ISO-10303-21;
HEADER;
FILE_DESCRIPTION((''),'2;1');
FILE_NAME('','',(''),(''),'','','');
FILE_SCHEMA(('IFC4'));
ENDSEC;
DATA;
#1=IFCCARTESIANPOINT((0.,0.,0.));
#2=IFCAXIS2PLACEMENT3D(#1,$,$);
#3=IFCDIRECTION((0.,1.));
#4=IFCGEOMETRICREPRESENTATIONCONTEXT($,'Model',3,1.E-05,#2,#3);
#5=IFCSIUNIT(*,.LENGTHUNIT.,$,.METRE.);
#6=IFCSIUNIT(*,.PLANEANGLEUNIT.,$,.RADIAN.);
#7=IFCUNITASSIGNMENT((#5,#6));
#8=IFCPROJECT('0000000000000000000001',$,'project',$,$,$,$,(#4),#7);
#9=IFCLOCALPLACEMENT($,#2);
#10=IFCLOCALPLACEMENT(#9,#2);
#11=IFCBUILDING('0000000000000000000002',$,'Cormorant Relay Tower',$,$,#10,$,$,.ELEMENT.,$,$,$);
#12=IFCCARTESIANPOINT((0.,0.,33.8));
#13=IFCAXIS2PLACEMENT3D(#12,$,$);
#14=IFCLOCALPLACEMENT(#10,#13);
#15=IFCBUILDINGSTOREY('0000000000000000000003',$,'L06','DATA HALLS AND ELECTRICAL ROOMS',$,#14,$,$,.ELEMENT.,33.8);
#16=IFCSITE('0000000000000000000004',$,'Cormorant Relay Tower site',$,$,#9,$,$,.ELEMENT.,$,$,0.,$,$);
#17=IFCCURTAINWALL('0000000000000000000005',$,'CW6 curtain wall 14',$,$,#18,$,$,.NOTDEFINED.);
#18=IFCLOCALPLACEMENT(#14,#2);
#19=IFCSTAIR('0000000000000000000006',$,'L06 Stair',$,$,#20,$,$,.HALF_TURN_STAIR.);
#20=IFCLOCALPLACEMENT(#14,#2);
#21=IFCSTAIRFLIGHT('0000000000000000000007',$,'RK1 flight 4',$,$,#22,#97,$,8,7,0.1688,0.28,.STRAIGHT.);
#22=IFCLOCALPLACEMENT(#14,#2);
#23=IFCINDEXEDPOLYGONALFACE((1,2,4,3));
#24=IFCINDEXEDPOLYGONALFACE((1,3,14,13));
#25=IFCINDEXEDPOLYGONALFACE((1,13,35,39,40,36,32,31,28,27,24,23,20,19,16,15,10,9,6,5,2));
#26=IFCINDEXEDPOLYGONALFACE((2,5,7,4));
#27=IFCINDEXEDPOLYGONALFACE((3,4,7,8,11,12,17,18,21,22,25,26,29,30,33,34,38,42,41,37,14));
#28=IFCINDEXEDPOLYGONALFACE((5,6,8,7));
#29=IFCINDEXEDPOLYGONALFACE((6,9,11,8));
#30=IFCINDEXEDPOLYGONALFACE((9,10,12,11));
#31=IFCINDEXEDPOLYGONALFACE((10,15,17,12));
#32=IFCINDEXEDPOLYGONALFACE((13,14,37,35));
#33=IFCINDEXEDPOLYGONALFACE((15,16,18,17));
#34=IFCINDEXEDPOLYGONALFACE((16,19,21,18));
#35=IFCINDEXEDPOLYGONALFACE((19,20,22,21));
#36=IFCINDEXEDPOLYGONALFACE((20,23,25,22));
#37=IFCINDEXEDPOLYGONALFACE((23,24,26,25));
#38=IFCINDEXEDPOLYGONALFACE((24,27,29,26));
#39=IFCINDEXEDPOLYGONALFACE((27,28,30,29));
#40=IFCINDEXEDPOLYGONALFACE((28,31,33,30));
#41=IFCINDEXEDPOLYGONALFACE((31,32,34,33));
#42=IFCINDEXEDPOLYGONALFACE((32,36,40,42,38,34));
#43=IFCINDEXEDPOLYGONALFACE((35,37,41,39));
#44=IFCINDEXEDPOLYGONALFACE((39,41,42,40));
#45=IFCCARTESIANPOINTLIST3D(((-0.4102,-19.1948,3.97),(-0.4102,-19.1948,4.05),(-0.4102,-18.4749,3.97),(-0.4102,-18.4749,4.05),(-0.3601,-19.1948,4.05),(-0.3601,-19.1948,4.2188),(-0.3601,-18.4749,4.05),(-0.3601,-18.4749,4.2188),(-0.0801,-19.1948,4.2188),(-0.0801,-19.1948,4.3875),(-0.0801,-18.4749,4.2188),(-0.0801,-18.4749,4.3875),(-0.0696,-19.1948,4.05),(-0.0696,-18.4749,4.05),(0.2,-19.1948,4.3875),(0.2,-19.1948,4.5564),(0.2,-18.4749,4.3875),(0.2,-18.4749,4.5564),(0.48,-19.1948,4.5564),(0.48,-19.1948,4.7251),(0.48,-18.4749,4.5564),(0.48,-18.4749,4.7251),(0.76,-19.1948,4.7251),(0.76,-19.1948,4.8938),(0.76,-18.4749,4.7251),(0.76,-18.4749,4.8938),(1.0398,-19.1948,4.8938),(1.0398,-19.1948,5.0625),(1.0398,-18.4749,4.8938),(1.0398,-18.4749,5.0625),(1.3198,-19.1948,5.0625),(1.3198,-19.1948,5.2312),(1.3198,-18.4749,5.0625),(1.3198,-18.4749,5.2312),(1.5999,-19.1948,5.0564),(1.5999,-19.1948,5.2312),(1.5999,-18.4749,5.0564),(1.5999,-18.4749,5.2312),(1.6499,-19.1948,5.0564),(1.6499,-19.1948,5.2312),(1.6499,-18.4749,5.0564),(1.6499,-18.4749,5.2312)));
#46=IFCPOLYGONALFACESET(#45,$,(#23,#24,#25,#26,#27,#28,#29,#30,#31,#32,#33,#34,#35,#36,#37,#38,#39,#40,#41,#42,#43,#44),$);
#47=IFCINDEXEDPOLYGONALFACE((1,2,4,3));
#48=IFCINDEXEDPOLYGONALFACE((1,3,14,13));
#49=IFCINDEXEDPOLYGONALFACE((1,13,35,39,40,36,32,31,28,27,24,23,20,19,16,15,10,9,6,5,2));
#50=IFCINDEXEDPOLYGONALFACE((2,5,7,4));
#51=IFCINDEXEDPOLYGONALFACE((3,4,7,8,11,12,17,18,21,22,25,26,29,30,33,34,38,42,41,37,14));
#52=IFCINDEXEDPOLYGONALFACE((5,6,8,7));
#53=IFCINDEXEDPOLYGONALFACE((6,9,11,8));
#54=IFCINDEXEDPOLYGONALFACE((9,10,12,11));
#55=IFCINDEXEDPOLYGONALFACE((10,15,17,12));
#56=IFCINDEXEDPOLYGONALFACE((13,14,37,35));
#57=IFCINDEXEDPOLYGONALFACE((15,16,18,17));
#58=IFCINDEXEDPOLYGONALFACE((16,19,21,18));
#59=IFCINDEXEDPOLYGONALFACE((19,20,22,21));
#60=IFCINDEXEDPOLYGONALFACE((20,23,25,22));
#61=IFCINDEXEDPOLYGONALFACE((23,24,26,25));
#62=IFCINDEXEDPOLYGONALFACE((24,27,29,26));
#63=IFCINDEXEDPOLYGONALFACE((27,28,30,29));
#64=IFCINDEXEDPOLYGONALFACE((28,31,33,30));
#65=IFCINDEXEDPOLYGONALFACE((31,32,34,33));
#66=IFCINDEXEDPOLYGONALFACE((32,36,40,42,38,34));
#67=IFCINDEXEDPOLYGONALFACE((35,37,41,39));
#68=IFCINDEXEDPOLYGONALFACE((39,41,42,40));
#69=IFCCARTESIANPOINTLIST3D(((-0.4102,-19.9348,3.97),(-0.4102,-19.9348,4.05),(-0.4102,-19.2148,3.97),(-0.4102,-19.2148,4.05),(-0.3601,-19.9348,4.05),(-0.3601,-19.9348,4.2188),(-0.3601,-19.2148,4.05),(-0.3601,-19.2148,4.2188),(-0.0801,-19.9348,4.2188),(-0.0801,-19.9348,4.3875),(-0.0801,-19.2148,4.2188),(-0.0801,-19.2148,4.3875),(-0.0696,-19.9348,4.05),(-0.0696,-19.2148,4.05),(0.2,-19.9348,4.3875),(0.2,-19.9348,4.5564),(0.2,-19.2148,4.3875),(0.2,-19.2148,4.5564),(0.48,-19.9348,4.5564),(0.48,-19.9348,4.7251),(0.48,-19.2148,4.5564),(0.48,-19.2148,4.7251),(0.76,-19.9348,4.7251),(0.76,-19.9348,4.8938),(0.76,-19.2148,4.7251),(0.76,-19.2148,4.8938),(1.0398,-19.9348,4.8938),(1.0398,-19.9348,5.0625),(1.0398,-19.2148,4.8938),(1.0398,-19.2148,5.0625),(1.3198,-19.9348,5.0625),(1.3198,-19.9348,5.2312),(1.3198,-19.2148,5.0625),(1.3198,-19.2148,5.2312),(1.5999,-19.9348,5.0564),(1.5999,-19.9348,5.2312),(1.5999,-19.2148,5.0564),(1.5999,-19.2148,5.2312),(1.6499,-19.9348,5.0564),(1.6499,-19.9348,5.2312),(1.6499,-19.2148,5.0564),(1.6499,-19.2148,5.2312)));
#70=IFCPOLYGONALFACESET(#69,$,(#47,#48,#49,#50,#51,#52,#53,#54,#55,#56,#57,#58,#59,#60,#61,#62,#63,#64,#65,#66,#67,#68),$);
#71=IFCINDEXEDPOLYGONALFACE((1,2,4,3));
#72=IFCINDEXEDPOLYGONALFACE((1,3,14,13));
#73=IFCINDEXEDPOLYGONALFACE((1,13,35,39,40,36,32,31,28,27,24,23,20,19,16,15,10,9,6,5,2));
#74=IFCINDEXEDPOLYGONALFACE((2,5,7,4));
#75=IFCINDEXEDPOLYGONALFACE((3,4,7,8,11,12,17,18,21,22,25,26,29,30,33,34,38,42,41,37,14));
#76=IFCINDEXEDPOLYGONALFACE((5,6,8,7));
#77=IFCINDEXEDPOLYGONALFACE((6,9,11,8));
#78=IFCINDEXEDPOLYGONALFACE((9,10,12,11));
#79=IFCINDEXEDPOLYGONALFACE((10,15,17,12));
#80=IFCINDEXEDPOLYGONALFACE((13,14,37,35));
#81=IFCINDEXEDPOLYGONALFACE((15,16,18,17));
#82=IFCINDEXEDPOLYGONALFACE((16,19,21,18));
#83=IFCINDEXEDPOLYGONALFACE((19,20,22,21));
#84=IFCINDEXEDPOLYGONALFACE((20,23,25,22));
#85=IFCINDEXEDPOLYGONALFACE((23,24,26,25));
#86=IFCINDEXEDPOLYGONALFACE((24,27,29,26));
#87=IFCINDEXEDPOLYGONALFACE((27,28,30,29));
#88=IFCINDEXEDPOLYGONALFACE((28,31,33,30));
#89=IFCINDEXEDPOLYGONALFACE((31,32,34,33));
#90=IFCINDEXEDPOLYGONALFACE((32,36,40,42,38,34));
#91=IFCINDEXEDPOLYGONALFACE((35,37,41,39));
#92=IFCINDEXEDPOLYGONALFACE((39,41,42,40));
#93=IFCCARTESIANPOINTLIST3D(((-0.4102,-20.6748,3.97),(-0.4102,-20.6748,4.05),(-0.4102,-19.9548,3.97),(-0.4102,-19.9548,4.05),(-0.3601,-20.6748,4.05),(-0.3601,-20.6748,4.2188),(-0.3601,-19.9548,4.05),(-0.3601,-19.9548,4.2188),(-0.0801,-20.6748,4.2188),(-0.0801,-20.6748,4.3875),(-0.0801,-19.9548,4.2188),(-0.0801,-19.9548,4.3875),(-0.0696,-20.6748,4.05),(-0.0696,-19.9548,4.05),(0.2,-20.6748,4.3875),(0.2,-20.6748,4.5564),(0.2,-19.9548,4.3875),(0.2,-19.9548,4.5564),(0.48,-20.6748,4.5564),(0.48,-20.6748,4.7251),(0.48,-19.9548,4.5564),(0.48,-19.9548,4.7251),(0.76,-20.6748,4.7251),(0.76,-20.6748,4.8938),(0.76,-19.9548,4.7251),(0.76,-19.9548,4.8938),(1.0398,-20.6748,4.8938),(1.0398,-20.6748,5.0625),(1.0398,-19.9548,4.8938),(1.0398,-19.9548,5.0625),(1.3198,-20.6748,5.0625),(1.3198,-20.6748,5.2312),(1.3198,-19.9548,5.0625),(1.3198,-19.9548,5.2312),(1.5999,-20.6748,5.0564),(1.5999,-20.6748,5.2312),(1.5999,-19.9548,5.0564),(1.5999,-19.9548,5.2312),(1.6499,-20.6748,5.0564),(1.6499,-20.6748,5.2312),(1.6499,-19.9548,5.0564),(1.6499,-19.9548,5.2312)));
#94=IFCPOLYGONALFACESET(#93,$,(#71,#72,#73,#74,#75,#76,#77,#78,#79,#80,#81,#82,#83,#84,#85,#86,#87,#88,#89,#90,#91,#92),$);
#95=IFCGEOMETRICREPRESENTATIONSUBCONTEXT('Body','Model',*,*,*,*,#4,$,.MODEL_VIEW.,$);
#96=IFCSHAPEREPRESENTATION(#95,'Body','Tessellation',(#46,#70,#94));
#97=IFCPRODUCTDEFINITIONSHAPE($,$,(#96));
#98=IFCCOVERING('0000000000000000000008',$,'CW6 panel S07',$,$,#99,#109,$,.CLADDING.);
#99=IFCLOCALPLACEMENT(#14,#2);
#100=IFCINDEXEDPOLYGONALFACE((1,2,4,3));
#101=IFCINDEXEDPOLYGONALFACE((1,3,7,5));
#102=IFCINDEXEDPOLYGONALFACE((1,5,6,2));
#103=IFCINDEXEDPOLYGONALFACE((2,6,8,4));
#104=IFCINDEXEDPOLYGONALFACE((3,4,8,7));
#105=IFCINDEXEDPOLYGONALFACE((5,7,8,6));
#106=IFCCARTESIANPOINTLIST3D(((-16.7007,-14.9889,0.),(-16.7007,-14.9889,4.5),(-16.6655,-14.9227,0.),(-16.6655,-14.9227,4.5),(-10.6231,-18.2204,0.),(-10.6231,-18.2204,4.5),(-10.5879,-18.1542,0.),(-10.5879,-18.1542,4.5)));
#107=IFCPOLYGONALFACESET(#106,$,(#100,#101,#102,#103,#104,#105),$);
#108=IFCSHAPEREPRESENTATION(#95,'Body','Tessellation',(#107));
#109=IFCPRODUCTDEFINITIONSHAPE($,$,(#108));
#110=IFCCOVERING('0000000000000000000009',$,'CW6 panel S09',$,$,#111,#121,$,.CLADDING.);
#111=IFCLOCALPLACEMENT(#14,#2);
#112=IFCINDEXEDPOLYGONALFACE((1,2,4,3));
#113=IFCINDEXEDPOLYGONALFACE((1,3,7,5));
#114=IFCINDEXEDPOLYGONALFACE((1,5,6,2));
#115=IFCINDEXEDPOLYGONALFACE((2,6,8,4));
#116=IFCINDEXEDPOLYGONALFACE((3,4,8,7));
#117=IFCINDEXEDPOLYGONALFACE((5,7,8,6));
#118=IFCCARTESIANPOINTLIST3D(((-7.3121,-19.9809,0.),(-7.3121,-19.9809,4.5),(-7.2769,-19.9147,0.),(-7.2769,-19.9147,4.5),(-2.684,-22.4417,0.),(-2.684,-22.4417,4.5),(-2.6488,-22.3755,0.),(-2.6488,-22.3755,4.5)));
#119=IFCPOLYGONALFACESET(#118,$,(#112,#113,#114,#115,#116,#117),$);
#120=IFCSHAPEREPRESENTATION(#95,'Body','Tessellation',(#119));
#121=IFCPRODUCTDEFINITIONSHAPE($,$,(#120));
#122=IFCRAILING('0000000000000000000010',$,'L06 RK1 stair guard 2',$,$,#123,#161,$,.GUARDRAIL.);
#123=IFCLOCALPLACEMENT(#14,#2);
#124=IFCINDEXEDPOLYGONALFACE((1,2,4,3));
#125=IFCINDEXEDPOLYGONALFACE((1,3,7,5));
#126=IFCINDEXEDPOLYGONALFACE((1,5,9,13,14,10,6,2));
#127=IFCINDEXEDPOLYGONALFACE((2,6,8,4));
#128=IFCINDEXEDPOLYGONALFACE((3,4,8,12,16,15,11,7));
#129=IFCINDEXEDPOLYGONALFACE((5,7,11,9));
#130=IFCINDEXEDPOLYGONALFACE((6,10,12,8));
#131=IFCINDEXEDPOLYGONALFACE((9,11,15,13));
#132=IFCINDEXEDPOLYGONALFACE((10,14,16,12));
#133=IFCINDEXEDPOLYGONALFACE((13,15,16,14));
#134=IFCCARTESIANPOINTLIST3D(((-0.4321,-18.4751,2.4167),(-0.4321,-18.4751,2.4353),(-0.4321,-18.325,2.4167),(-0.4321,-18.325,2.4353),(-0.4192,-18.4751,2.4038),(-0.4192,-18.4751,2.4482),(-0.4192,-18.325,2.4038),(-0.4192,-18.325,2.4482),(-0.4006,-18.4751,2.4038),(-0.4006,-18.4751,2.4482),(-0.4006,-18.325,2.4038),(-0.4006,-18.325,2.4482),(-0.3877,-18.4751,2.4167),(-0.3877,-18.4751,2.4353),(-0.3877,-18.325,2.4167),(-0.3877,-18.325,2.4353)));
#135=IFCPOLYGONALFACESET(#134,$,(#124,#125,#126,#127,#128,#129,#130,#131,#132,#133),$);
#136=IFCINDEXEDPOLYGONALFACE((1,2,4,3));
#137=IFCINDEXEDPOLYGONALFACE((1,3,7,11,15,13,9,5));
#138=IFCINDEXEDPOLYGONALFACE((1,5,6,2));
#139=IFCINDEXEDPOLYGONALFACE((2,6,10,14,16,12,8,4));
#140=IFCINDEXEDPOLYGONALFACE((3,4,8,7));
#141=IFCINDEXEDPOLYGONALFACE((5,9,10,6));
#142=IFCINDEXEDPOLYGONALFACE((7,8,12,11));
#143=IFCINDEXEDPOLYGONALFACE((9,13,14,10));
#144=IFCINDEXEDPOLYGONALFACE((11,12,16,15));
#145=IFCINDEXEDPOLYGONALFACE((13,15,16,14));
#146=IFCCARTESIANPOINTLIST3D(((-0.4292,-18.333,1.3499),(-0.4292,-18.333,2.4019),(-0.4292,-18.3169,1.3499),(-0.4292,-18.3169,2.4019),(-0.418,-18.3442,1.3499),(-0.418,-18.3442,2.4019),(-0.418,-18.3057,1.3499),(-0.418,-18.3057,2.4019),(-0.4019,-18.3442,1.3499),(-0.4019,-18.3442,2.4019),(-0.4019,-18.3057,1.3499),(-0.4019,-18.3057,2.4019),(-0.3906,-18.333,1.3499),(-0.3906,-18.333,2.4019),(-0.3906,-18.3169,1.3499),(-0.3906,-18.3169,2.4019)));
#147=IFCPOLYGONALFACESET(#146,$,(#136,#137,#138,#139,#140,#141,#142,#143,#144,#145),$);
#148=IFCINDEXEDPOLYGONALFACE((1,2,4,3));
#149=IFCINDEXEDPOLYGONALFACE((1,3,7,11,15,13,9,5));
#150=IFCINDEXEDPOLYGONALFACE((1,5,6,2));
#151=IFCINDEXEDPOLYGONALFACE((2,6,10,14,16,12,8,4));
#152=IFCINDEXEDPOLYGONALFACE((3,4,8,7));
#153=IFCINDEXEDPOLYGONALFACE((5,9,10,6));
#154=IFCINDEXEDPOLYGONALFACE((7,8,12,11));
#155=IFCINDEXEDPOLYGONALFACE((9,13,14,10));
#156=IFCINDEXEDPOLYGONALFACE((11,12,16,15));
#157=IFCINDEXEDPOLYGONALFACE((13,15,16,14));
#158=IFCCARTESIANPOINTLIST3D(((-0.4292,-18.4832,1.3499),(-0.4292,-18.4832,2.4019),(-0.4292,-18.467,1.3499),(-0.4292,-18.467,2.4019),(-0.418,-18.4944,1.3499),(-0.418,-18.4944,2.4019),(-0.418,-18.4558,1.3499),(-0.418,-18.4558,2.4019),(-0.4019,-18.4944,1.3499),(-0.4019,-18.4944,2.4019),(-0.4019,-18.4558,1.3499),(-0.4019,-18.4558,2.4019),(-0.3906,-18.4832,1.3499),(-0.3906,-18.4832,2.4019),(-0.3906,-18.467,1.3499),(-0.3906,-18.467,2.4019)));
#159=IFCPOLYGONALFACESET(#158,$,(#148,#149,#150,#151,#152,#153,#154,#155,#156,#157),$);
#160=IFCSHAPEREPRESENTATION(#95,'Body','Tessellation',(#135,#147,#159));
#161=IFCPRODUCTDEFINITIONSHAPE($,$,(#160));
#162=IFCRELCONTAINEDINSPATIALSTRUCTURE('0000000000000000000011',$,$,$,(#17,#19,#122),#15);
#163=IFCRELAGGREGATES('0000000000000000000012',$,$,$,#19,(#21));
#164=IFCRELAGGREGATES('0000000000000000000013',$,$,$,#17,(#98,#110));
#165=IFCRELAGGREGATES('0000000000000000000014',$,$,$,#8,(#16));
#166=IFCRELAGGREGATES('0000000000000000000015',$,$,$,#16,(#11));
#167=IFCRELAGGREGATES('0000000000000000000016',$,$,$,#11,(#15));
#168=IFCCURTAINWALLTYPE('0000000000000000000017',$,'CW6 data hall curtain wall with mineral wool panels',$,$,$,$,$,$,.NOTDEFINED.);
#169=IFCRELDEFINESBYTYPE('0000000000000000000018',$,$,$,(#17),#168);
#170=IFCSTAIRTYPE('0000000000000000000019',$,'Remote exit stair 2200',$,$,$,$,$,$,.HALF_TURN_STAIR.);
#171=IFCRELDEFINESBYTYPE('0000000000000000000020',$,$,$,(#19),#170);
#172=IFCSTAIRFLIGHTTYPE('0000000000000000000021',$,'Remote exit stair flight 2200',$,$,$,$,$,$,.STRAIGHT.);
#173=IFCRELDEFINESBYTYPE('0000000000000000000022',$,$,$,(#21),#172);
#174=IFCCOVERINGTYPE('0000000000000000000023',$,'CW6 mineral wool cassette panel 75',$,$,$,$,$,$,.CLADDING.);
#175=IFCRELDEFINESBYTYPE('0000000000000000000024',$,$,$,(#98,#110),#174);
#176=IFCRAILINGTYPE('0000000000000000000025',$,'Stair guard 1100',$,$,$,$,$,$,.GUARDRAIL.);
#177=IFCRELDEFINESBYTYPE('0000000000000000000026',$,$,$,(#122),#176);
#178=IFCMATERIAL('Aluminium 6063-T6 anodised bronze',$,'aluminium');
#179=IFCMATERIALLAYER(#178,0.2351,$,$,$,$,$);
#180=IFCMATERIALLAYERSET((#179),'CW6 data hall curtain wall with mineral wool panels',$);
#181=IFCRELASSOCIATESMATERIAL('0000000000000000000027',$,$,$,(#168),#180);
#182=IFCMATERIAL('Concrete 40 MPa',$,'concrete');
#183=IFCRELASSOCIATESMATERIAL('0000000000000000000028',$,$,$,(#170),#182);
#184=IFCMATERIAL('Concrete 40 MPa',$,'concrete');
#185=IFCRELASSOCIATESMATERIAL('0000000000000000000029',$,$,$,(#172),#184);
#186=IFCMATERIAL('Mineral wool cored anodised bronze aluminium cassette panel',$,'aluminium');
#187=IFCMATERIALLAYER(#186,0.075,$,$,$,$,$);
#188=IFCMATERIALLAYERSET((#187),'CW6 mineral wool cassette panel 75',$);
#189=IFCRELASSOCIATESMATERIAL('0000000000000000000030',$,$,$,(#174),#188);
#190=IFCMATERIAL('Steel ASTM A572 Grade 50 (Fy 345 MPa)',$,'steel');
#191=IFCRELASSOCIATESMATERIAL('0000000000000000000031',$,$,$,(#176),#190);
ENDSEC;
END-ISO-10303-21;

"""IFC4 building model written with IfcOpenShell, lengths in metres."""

from ifc_helpers import new_model, si_unit, direction, frame, origin, origin_2d, place, context, subcontext, project, spatial, polyline, rectangle, outline, extrude, material, layer, layer_set, type_object, element, aggregate, save


model = new_model("IFC4")

# Units and contexts
model_context = context("Model", 3, precision=1e-05, world=origin(), true_north=direction((0.0, 1.0)))
body_context = subcontext(model_context, "Body", "Model", "MODEL_VIEW")
ifc_project = project(units=[si_unit("LENGTHUNIT", "METRE"), si_unit("PLANEANGLEUNIT", "RADIAN")], contexts=[model_context])

# Site, building, storey
site_placement = place(None, origin())
site = spatial("IfcSite", under=ifc_project, at=site_placement, Name="Cormorant Relay Tower site", CompositionType="ELEMENT", RefElevation=0.0)
building_placement = place(site_placement, origin())
building = spatial("IfcBuilding", under=site, at=building_placement, Name="Cormorant Relay Tower", CompositionType="ELEMENT")
storey_placement = place(building_placement, frame((0.0, 0.0, 33.8)))
storey = spatial("IfcBuildingStorey", under=building, at=storey_placement, Name="L06", Description="DATA HALLS AND ELECTRICAL ROOMS", CompositionType="ELEMENT", Elevation=33.8)

# Shared definitions
ifc_material_1 = material(Name="Aluminium 6063-T6 anodised bronze", Category="aluminium")
ifc_layer_1 = layer(ifc_material_1, 0.2351)
ifc_layer_set_1 = layer_set([ifc_layer_1], Name="CW6 data hall curtain wall with mineral wool panels")
curtain_wall_type = type_object("IfcCurtainWallType", Name="CW6 data hall curtain wall with mineral wool panels", PredefinedType="NOTDEFINED", material=ifc_layer_set_1)

# Curtain wall
curtain_wall_1_placement = place(storey_placement, origin())
curtain_wall_1 = element("IfcCurtainWall", 1, at=curtain_wall_1_placement, inside=storey, type_object=curtain_wall_type, Name="CW6 curtain wall 14", PredefinedType="NOTDEFINED")

# Stair, stair flight
ifc_material_2 = material(Name="Concrete 40 MPa", Category="concrete")
stair_type = type_object("IfcStairType", Name="Remote exit stair 2200", PredefinedType="HALF_TURN_STAIR", material=ifc_material_2)
stair_placement = place(storey_placement, origin())
stair = element("IfcStair", 2, at=stair_placement, inside=storey, type_object=stair_type, Name="L06 Stair", PredefinedType="HALF_TURN_STAIR")
ifc_material_3 = material(Name="Concrete 40 MPa", Category="concrete")
stair_flight_type = type_object("IfcStairFlightType", Name="Remote exit stair flight 2200", PredefinedType="STRAIGHT", material=ifc_material_3)
stair_flight_1_placement = place(storey_placement, frame((-0.3601, -19.575, 4.05), z_axis=(0.0, 0.0, 1.0), x_axis=(1.0, 0.0, 0.0)))
stair_flight_1 = element("IfcStairFlight", 3, at=stair_flight_1_placement, type_object=stair_flight_type, Name="RK1 flight 4", NumberOfRisers=8, NumberOfTreads=7, PredefinedType="STRAIGHT", RiserHeight=0.1688, TreadLength=0.28, context=body_context, shape_type="SweptSolid", body=[
    extrude(outline(polyline([(-0.05, -0.0801), (-0.05, 0.0), (0.0, 0.0), (0.0, 0.1687), (0.28, 0.1687), (0.28, 0.3374), (0.5601, 0.3374), (0.5601, 0.5063), (0.8401, 0.5063), (0.8401, 0.675), (1.1201, 0.675), (1.1201, 0.8438), (1.3999, 0.8438), (1.3999, 1.0125), (1.6799, 1.0125), (1.6799, 1.1812), (1.96, 1.1812), (2.01, 1.1812), (2.01, 1.0063), (1.96, 1.0063), (0.2905, 0.0), (-0.05, -0.0801)])), frame((0.0, 1.1001, 0.0), z_axis=(0.0, -1.0, 0.0), x_axis=(1.0, 0.0, 0.0)), (0.0, 0.0, 1.0), 0.72),
    extrude(outline(polyline([(-0.05, -0.0801), (-0.05, 0.0), (0.0, 0.0), (0.0, 0.1687), (0.28, 0.1687), (0.28, 0.3374), (0.5601, 0.3374), (0.5601, 0.5063), (0.8401, 0.5063), (0.8401, 0.675), (1.1201, 0.675), (1.1201, 0.8438), (1.3999, 0.8438), (1.3999, 1.0125), (1.6799, 1.0125), (1.6799, 1.1812), (1.96, 1.1812), (2.01, 1.1812), (2.01, 1.0063), (1.96, 1.0063), (0.2905, 0.0), (-0.05, -0.0801)])), frame((0.0, 0.3601, 0.0), z_axis=(0.0, -1.0, 0.0), x_axis=(1.0, 0.0, 0.0)), (0.0, 0.0, 1.0), 0.72),
    extrude(outline(polyline([(-0.05, -0.0801), (-0.05, 0.0), (0.0, 0.0), (0.0, 0.1687), (0.28, 0.1687), (0.28, 0.3374), (0.5601, 0.3374), (0.5601, 0.5063), (0.8401, 0.5063), (0.8401, 0.675), (1.1201, 0.675), (1.1201, 0.8438), (1.3999, 0.8438), (1.3999, 1.0125), (1.6799, 1.0125), (1.6799, 1.1812), (1.96, 1.1812), (2.01, 1.1812), (2.01, 1.0063), (1.96, 1.0063), (0.2905, 0.0), (-0.05, -0.0801)])), frame((0.0, -0.3799, 0.0), z_axis=(0.0, -1.0, 0.0), x_axis=(1.0, 0.0, 0.0)), (0.0, 0.0, 1.0), 0.72),
])
aggregate(stair, [stair_flight_1])

# Coverings
ifc_material_4 = material(Name="Mineral wool cored anodised bronze aluminium cassette panel", Category="aluminium")
ifc_layer_2 = layer(ifc_material_4, 0.075)
ifc_layer_set_2 = layer_set([ifc_layer_2], Name="CW6 mineral wool cassette panel 75")
covering_type = type_object("IfcCoveringType", Name="CW6 mineral wool cassette panel 75", PredefinedType="CLADDING", material=ifc_layer_set_2)
covering_1_placement = place(storey_placement, frame((-13.6443, -16.5715, 0.0), z_axis=(0.0, 0.0, 1.0), x_axis=(0.882948, -0.469472, 0.0)))
covering_1 = element("IfcCovering", 4, at=covering_1_placement, type_object=covering_type, Name="CW6 panel S07", PredefinedType="CLADDING", context=body_context, shape_type="SweptSolid", body=[
    extrude(rectangle(XDim=6.8833, YDim=0.075, at=origin_2d()), origin(), (0.0, 0.0, 1.0), 4.5),
])
covering_2_placement = place(storey_placement, frame((-4.9805, -21.1782, 0.0), z_axis=(0.0, 0.0, 1.0), x_axis=(0.882948, -0.469472, 0.0)))
covering_2 = element("IfcCovering", 5, at=covering_2_placement, type_object=covering_type, Name="CW6 panel S09", PredefinedType="CLADDING", context=body_context, shape_type="SweptSolid", body=[
    extrude(rectangle(XDim=5.2417, YDim=0.075, at=origin_2d()), origin(), (0.0, 0.0, 1.0), 4.5),
])
aggregate(curtain_wall_1, [covering_1, covering_2])

# Railing
ifc_material_5 = material(Name="Steel ASTM A572 Grade 50 (Fy 345 MPa)", Category="steel")
railing_type_1 = type_object("IfcRailingType", Name="Stair guard 1100", PredefinedType="GUARDRAIL", material=ifc_material_5)
railing_1_placement = place(storey_placement, frame((-0.4099, -18.325, 1.3499)))
element("IfcRailing", 6, at=railing_1_placement, inside=storey, type_object=railing_type_1, Name="L06 RK1 stair guard 2", PredefinedType="GUARDRAIL", context=body_context, shape_type="SweptSolid", body=[
    extrude(outline(polyline([(0.0222, 0.0093), (0.0093, 0.0222), (-0.0093, 0.0222), (-0.0222, 0.0093), (-0.0222, -0.0093), (-0.0093, -0.0222), (0.0093, -0.0222), (0.0222, -0.0093), (0.0222, 0.0093)])), frame((0.0, 0.0, 1.0762), z_axis=(0.0, -1.0, 0.0), x_axis=(1.0, 0.0, 0.0)), (0.0, 0.0, 1.0), 0.1501),
    extrude(outline(polyline([(0.0193, 0.0081), (0.0081, 0.0193), (-0.0081, 0.0193), (-0.0193, 0.0081), (-0.0193, -0.0081), (-0.0081, -0.0193), (0.0081, -0.0193), (0.0193, -0.0081), (0.0193, 0.0081)])), origin(), (0.0, 0.0, 1.0), 1.052),
    extrude(outline(polyline([(0.0193, 0.0081), (0.0081, 0.0193), (-0.0081, 0.0193), (-0.0193, 0.0081), (-0.0193, -0.0081), (-0.0081, -0.0193), (0.0081, -0.0193), (0.0193, -0.0081), (0.0193, 0.0081)])), frame((0.0, -0.1501, 0.0)), (0.0, 0.0, 1.0), 1.052),
])

save(model, "model.ifc")
